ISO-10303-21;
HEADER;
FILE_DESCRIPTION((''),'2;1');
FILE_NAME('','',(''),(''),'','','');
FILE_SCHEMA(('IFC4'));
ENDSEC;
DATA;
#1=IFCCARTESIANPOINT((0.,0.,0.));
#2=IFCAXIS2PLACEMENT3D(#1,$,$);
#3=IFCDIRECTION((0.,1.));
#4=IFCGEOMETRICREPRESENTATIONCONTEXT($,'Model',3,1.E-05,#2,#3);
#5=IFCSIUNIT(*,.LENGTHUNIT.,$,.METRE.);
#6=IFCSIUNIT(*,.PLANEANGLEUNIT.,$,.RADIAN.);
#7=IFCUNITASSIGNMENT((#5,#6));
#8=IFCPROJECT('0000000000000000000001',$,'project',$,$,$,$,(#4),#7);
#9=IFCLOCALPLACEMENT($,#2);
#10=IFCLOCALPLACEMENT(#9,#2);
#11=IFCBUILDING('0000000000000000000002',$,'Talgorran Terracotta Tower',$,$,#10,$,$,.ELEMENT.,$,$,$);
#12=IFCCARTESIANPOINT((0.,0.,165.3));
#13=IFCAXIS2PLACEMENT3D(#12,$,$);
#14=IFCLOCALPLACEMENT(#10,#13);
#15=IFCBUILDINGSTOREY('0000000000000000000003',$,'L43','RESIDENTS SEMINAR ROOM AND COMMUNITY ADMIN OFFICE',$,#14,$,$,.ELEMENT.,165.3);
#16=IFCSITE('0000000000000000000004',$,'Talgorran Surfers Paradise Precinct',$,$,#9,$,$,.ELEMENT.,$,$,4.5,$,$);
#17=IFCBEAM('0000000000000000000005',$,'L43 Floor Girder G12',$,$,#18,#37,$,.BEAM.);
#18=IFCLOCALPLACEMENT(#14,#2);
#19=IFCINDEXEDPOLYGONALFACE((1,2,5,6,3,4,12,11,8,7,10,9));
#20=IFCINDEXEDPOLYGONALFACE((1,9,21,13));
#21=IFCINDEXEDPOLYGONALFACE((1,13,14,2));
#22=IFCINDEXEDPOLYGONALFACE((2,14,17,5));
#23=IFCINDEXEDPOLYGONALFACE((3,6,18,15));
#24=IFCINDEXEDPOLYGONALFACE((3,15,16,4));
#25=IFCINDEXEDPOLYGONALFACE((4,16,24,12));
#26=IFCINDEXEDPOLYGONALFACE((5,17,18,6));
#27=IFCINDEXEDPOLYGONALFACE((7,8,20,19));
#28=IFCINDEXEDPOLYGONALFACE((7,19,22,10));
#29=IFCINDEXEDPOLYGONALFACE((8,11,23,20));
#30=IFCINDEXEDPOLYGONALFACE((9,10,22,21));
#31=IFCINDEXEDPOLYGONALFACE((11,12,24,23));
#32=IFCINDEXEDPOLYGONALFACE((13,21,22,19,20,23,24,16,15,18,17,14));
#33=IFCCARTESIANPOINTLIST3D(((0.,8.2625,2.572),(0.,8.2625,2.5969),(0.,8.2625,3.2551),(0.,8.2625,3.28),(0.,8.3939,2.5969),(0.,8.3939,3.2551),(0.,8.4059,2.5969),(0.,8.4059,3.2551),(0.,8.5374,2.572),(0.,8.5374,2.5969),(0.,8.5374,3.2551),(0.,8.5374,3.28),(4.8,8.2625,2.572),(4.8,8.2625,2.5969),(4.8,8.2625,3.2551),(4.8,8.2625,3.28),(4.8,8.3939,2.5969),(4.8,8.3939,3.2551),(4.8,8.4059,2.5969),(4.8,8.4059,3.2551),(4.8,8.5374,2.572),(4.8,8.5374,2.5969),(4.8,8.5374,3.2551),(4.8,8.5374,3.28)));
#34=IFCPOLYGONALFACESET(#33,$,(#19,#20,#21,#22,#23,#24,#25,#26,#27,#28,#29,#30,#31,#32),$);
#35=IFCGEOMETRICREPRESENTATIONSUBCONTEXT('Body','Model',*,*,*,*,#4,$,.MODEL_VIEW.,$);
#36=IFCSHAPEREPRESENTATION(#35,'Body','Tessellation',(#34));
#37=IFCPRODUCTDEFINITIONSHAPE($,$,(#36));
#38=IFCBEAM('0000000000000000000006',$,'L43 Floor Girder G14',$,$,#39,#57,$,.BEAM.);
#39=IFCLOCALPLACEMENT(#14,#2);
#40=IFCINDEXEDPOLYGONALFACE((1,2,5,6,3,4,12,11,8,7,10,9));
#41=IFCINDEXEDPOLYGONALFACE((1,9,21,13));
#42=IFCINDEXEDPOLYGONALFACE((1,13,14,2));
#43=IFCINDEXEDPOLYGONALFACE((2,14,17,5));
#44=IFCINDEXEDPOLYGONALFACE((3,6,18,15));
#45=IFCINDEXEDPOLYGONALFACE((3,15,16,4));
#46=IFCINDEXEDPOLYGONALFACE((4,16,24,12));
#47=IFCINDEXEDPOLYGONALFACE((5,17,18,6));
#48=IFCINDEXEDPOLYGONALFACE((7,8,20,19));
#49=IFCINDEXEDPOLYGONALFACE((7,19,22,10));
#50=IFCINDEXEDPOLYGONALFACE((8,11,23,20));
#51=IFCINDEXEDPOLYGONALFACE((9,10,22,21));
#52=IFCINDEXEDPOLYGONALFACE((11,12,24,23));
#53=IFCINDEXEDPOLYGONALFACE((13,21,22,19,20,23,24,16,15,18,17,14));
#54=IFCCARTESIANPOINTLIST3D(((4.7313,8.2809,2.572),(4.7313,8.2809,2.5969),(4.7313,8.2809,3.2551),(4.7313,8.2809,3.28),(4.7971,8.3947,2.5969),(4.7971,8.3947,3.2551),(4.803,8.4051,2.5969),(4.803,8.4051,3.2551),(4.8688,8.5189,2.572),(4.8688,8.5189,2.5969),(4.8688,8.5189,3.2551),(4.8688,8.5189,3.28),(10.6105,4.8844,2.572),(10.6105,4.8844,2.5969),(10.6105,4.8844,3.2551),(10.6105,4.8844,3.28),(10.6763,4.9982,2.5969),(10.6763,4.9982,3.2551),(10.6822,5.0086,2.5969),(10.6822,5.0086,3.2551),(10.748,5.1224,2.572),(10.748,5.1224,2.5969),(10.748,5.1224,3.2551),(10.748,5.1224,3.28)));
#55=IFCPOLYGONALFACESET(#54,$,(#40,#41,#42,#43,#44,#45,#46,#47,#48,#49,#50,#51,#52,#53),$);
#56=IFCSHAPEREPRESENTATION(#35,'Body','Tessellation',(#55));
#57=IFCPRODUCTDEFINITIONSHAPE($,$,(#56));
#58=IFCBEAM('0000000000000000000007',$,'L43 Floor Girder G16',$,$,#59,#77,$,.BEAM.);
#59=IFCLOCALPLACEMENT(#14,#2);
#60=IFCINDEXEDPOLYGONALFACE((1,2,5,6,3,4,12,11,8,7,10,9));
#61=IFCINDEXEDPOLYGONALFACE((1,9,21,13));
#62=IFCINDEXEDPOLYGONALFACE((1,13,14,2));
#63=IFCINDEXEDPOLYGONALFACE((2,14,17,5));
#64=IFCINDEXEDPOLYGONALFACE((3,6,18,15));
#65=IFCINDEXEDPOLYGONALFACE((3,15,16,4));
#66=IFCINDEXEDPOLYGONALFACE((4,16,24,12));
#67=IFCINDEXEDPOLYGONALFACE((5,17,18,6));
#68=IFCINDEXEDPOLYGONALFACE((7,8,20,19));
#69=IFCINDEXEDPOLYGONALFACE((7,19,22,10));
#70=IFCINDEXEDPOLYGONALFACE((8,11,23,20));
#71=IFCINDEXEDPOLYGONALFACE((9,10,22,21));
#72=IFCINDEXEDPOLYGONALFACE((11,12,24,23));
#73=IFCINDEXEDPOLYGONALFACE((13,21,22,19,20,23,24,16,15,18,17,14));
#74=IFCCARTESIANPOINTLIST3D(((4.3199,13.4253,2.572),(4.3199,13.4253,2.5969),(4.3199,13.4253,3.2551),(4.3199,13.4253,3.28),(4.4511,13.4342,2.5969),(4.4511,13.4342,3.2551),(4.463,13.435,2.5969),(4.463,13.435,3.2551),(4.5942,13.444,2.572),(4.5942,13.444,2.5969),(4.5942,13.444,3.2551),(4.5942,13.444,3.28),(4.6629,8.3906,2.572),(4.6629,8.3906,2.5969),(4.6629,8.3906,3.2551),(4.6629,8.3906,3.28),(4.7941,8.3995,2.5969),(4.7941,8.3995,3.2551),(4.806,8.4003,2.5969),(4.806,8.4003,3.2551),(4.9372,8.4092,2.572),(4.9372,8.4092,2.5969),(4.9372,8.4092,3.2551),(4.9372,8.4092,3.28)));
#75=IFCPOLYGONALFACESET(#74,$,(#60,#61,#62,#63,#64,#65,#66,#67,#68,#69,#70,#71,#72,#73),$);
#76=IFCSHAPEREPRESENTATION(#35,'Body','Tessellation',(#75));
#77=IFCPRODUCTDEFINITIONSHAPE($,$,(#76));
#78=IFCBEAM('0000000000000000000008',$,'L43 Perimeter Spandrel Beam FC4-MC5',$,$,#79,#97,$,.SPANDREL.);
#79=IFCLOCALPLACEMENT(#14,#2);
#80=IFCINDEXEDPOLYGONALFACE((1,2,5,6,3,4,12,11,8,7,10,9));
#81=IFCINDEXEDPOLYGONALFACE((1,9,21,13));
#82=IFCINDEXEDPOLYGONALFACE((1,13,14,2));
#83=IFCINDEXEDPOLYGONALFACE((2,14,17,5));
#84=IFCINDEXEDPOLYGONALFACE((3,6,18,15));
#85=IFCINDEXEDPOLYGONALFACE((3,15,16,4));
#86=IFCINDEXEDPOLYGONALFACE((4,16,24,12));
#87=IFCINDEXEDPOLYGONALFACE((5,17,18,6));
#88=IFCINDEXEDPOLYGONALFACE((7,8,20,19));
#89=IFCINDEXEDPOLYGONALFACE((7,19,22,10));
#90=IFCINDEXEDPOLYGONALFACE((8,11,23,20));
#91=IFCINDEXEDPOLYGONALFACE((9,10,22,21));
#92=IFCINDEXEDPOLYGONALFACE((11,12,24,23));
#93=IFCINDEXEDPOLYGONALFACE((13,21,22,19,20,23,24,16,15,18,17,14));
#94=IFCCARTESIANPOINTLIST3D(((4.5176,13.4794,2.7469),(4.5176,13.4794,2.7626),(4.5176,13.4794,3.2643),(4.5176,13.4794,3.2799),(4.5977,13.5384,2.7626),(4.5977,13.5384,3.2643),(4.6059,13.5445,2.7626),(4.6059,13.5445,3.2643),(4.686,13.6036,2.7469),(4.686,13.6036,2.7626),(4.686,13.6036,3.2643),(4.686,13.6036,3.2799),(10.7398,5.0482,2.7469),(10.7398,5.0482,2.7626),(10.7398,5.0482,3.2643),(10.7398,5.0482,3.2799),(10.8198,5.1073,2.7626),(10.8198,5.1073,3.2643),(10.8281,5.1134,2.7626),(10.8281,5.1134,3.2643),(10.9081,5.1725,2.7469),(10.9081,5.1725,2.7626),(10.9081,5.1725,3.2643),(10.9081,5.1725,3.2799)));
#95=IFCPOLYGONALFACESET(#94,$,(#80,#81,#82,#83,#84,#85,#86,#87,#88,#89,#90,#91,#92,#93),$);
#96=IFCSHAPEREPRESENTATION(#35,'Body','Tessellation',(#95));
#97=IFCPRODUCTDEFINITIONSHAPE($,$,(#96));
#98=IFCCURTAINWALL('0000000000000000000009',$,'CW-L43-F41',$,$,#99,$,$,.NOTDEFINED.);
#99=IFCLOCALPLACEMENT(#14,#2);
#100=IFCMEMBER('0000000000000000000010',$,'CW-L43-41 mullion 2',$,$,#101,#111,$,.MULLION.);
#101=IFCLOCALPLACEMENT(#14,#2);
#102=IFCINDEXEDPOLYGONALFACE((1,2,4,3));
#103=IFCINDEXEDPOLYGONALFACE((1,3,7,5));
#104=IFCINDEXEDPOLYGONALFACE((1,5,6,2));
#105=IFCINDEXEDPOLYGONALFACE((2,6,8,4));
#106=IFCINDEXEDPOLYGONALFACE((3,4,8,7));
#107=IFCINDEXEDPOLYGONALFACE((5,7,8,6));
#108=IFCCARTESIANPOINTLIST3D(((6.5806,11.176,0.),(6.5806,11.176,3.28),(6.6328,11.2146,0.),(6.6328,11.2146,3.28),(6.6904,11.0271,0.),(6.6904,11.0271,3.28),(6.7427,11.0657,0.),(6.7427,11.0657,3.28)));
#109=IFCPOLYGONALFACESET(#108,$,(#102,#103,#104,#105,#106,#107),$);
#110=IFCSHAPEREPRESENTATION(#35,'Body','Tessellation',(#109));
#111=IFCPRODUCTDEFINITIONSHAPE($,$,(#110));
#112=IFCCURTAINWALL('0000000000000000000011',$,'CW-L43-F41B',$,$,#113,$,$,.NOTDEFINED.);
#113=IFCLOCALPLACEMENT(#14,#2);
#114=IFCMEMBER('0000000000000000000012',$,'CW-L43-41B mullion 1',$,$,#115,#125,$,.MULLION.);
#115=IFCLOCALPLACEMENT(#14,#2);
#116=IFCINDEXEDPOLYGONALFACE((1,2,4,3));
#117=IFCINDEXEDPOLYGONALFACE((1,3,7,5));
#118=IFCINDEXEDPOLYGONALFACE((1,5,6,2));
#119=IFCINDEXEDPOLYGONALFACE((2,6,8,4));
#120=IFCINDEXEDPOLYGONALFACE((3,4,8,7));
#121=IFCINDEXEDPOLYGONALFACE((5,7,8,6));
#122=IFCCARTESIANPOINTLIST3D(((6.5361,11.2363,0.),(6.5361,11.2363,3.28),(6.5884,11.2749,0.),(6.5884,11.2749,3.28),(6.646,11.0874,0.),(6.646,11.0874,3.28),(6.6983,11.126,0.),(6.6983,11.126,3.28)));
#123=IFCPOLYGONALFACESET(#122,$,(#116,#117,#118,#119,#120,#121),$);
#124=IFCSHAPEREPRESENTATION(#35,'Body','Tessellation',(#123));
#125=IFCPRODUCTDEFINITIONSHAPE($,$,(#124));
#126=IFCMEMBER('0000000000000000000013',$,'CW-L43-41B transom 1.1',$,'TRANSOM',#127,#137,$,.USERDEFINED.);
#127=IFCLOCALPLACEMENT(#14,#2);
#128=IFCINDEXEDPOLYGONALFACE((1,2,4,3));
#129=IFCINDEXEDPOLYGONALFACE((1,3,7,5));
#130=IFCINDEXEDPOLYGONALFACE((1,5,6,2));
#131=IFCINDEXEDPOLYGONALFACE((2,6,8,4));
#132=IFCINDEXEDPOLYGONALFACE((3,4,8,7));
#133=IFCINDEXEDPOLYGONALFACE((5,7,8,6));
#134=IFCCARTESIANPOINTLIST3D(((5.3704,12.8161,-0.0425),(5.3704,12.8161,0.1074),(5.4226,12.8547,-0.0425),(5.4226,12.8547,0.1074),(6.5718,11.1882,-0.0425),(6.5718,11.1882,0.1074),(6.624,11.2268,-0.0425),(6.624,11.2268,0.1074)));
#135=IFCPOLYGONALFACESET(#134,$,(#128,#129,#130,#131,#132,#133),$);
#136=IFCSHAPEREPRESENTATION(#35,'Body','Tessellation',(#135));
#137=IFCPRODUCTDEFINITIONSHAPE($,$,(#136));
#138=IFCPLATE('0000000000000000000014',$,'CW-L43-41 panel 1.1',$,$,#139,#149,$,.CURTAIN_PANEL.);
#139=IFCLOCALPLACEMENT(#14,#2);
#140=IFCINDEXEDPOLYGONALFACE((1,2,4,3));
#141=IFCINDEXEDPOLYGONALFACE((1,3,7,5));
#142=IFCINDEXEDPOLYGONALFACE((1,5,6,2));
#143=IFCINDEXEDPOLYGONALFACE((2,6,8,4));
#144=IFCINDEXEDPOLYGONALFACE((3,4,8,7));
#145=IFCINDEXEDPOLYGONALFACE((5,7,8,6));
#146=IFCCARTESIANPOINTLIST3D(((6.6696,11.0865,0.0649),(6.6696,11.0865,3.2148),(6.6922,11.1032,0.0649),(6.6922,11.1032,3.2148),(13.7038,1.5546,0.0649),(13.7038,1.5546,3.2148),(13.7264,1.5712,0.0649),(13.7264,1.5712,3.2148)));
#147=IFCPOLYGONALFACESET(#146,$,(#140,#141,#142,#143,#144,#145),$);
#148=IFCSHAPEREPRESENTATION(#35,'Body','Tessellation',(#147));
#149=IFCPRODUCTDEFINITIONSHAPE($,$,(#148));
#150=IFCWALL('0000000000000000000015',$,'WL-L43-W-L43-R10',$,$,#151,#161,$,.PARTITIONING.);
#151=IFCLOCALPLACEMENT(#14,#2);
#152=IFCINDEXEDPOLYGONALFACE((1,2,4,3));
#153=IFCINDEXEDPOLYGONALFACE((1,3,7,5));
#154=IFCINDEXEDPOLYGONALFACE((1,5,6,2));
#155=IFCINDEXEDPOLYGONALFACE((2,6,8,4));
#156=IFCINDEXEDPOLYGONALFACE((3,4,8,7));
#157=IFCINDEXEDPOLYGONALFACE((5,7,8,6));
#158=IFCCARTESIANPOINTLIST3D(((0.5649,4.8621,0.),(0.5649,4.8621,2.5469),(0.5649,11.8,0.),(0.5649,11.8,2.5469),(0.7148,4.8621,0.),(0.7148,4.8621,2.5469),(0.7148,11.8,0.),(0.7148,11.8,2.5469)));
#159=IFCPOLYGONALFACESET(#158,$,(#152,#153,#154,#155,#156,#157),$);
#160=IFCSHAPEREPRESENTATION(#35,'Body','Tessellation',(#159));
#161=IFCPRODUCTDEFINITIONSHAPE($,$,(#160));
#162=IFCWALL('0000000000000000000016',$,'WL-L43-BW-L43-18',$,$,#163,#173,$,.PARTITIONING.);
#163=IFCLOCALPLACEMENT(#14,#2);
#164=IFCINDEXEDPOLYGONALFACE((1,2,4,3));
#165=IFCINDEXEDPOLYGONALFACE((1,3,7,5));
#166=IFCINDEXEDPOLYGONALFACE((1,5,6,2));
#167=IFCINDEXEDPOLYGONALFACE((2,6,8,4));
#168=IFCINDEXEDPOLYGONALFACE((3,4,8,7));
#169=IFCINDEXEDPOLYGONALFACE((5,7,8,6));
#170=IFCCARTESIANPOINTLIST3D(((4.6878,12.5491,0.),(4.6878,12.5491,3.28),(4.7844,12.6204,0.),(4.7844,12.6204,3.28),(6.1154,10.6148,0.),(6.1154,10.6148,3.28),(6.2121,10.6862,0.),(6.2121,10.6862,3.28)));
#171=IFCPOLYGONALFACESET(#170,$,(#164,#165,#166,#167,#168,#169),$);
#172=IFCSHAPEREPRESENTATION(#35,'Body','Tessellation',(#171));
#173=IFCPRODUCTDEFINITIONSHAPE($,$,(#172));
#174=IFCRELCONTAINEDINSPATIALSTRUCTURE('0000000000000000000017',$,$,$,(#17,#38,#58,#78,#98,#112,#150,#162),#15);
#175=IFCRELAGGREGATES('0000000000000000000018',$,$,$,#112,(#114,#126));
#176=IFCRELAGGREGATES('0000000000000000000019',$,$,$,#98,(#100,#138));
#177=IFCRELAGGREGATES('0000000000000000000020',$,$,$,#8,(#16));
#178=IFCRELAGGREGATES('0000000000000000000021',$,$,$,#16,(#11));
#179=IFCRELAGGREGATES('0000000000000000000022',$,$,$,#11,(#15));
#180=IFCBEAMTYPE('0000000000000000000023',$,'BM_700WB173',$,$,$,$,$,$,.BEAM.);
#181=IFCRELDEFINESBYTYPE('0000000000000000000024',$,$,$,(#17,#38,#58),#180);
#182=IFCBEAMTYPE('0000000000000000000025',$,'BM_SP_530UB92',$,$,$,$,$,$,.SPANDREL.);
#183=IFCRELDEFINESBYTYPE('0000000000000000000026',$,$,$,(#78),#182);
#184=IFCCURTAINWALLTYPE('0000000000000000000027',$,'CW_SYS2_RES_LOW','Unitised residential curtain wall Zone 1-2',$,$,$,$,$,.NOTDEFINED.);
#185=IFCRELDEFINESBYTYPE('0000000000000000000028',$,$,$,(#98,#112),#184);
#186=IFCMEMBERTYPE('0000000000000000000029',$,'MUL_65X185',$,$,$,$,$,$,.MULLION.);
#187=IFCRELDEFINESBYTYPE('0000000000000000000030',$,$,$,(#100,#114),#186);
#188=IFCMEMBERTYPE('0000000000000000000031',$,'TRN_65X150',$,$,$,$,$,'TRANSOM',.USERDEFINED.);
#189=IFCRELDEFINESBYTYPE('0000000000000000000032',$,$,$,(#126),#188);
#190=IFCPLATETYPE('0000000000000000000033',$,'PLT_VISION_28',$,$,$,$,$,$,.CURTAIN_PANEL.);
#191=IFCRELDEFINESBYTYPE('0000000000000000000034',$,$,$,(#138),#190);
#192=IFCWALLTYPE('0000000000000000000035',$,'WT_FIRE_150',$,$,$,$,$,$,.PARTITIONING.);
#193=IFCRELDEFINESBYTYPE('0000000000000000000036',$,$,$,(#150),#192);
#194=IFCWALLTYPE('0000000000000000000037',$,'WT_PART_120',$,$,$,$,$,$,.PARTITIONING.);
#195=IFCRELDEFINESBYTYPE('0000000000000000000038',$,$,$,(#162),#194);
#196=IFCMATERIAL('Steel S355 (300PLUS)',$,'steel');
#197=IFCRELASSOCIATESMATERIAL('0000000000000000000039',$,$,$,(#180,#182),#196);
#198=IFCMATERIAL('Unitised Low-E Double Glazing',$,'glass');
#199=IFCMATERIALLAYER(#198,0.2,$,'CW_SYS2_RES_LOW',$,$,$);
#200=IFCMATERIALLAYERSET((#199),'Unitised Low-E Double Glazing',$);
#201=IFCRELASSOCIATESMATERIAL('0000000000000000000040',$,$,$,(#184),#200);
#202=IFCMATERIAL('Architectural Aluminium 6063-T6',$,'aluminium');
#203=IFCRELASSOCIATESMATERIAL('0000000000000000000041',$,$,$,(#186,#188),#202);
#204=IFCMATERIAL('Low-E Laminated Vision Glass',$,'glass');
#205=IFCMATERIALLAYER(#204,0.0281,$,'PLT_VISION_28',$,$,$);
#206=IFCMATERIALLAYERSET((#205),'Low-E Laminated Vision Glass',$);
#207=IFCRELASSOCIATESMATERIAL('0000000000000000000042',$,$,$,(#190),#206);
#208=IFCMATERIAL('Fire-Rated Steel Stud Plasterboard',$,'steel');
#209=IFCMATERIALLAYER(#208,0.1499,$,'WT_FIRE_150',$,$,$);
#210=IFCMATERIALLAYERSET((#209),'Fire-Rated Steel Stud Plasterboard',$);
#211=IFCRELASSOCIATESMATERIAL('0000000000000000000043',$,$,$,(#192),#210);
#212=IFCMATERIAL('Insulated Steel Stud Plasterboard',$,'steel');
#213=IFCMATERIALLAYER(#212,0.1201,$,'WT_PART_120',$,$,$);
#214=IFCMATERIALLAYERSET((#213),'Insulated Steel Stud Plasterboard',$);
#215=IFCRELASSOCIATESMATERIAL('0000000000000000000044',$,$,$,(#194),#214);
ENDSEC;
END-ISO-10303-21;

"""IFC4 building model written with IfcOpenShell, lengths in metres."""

from ifc_helpers import new_model, si_unit, direction, frame, frame_2d, origin, origin_2d, place, context, subcontext, project, spatial, rectangle, i_section, extrude, source, transform, mapped, material, layer, layer_set, material_profile, profile_set, type_object, type_shapes, element, aggregate, save


model = new_model("IFC4")

# Units and contexts
model_context = context("Model", 3, precision=1e-05, world=origin(), true_north=direction((0.0, 1.0)))
body_context = subcontext(model_context, "Body", "Model", "MODEL_VIEW")
ifc_project = project(units=[si_unit("LENGTHUNIT", "METRE"), si_unit("PLANEANGLEUNIT", "RADIAN")], contexts=[model_context])

# Site, building, storey
site_placement = place(None, origin())
site = spatial("IfcSite", under=ifc_project, at=site_placement, Name="Talgorran Surfers Paradise Precinct", CompositionType="ELEMENT", RefElevation=4.5)
building_placement = place(site_placement, origin())
building = spatial("IfcBuilding", under=site, at=building_placement, Name="Talgorran Terracotta Tower", CompositionType="ELEMENT")
storey_placement = place(building_placement, frame((0.0, 0.0, 165.3)))
storey = spatial("IfcBuildingStorey", under=building, at=storey_placement, Name="L43", Description="RESIDENTS SEMINAR ROOM AND COMMUNITY ADMIN OFFICE", CompositionType="ELEMENT", Elevation=165.3)

# Shared definitions
ifc_material_1 = material(Name="Steel S355 (300PLUS)", Category="steel")

# Beams
ifc_material_profile_1 = material_profile(ifc_material_1, i_section(OverallWidth=0.2749, OverallDepth=0.708, WebThickness=0.012, FlangeThickness=0.0249, at=origin_2d()), Name="700WB173")
ifc_profile_set_1 = profile_set([ifc_material_profile_1], Name="Steel S355 (300PLUS)")
beam_type_1 = type_object("IfcBeamType", Name="BM_700WB173", PredefinedType="BEAM", material=ifc_profile_set_1)
beam_1_placement = place(storey_placement, frame((0.0, 8.3999, 2.926), z_axis=(1.0, 0.0, 0.0), x_axis=(0.0, 1.0, 0.0)))
element("IfcBeam", 1, at=beam_1_placement, inside=storey, type_object=beam_type_1, Name="L43 Floor Girder G12", PredefinedType="BEAM", context=body_context, shape_type="SweptSolid", body=[
    extrude(i_section(OverallWidth=0.2749, OverallDepth=0.708, WebThickness=0.012, FlangeThickness=0.0249, at=origin_2d()), origin(), (0.0, 0.0, 1.0), 4.8),
])
beam_2_placement = place(storey_placement, frame((4.8, 8.3999, 2.926), z_axis=(0.865888, -0.500238, 0.0), x_axis=(0.500238, 0.865888, 0.0)))
element("IfcBeam", 2, at=beam_2_placement, inside=storey, type_object=beam_type_1, Name="L43 Floor Girder G14", PredefinedType="BEAM", context=body_context, shape_type="SweptSolid", body=[
    extrude(i_section(OverallWidth=0.2749, OverallDepth=0.708, WebThickness=0.012, FlangeThickness=0.0249, at=origin_2d()), origin(), (0.0, 0.0, 1.0), 6.7898),
])
beam_3_placement = place(storey_placement, frame((4.8, 8.3999, 2.926), z_axis=(-0.067974, 0.997687, 0.0), x_axis=(-0.997687, -0.067974, 0.0)))
element("IfcBeam", 3, at=beam_3_placement, inside=storey, type_object=beam_type_1, Name="L43 Floor Girder G16", PredefinedType="BEAM", context=body_context, shape_type="SweptSolid", body=[
    extrude(i_section(OverallWidth=0.2749, OverallDepth=0.708, WebThickness=0.012, FlangeThickness=0.0249, at=origin_2d()), origin(), (0.0, 0.0, 1.0), 5.0464),
])
ifc_material_profile_2 = material_profile(ifc_material_1, i_section(OverallWidth=0.2092, OverallDepth=0.533, WebThickness=0.0103, FlangeThickness=0.0156, at=origin_2d()), Name="530UB92.4")
ifc_profile_set_2 = profile_set([ifc_material_profile_2], Name="Steel S355 (300PLUS)")
beam_type_2 = type_object("IfcBeamType", Name="BM_SP_530UB92", PredefinedType="SPANDREL", material=ifc_profile_set_2)
beam_4_placement = place(storey_placement, frame((10.824, 5.1104, 3.0134), z_axis=(-0.593801, 0.804612, 0.0), x_axis=(-0.804612, -0.593801, 0.0)))
element("IfcBeam", 4, at=beam_4_placement, inside=storey, type_object=beam_type_2, Name="L43 Perimeter Spandrel Beam FC4-MC5", PredefinedType="SPANDREL", context=body_context, shape_type="SweptSolid", body=[
    extrude(i_section(OverallWidth=0.2092, OverallDepth=0.533, WebThickness=0.0103, FlangeThickness=0.0156, at=origin_2d()), origin(), (0.0, 0.0, 1.0), 10.4785),
])

# Curtain wall, member
ifc_material_2 = material(Name="Unitised Low-E Double Glazing", Category="glass")
ifc_layer_1 = layer(ifc_material_2, 0.2, Name="CW_SYS2_RES_LOW")
ifc_layer_set_1 = layer_set([ifc_layer_1], Name="Unitised Low-E Double Glazing")
curtain_wall_type = type_object("IfcCurtainWallType", Name="CW_SYS2_RES_LOW", Description="Unitised residential curtain wall Zone 1-2", PredefinedType="NOTDEFINED", material=ifc_layer_set_1)
curtain_wall_1_placement = place(storey_placement, origin())
curtain_wall_1 = element("IfcCurtainWall", 5, at=curtain_wall_1_placement, inside=storey, type_object=curtain_wall_type, Name="CW-L43-F41", PredefinedType="NOTDEFINED")
ifc_material_3 = material(Name="Architectural Aluminium 6063-T6", Category="aluminium")
ifc_material_profile_3 = material_profile(ifc_material_3, rectangle(XDim=0.0649, YDim=0.1851, at=origin_2d()), Name="CWM65X185")
ifc_profile_set_3 = profile_set([ifc_material_profile_3], Name="Architectural Aluminium 6063-T6")
member_type_1 = type_object("IfcMemberType", Name="MUL_65X185", PredefinedType="MULLION", material=ifc_profile_set_3)
member_1_placement = place(storey_placement, frame((6.6616, 11.1208, 0.0), z_axis=(0.0, 0.0, 1.0), x_axis=(-0.804624, -0.593784, 0.0)))
member_1 = element("IfcMember", 6, at=member_1_placement, type_object=member_type_1, Name="CW-L43-41 mullion 2", PredefinedType="MULLION", context=body_context, shape_type="SweptSolid", body=[
    extrude(rectangle(XDim=0.0649, YDim=0.1851, at=origin_2d()), origin(), (0.0, 0.0, 1.0), 3.28),
])

# Curtain wall, members
curtain_wall_2_placement = place(storey_placement, origin())
curtain_wall_2 = element("IfcCurtainWall", 7, at=curtain_wall_2_placement, inside=storey, type_object=curtain_wall_type, Name="CW-L43-F41B", PredefinedType="NOTDEFINED")
member_2_placement = place(storey_placement, frame((6.6172, 11.1812, 0.0), z_axis=(0.0, 0.0, 1.0), x_axis=(-0.804624, -0.593785, 0.0)))
member_2 = element("IfcMember", 8, at=member_2_placement, type_object=member_type_1, Name="CW-L43-41B mullion 1", PredefinedType="MULLION", context=body_context, shape_type="SweptSolid", body=[
    extrude(rectangle(XDim=0.0649, YDim=0.1851, at=origin_2d()), origin(), (0.0, 0.0, 1.0), 3.28),
])
ifc_material_profile_4 = material_profile(ifc_material_3, rectangle(XDim=0.0649, YDim=0.1499, at=origin_2d()), Name="CWT65X150")
ifc_profile_set_4 = profile_set([ifc_material_profile_4], Name="Architectural Aluminium 6063-T6")
member_type_2 = type_object("IfcMemberType", Name="TRN_65X150", ElementType="TRANSOM", PredefinedType="USERDEFINED", material=ifc_profile_set_4)
member_3_placement = place(storey_placement, frame((6.5979, 11.2075, 0.0325), z_axis=(-0.593804, 0.80461, 0.0), x_axis=(-0.80461, -0.593804, 0.0)))
member_3 = element("IfcMember", 9, at=member_3_placement, type_object=member_type_2, Name="CW-L43-41B transom 1.1", ObjectType="TRANSOM", PredefinedType="USERDEFINED", context=body_context, shape_type="SweptSolid", body=[
    extrude(rectangle(XDim=0.0649, YDim=0.1499, at=origin_2d()), origin(), (0.0, 0.0, 1.0), 2.0232),
])
aggregate(curtain_wall_2, [member_2, member_3])

# Plate
ifc_material_4 = material(Name="Low-E Laminated Vision Glass", Category="glass")
ifc_layer_2 = layer(ifc_material_4, 0.0281, Name="PLT_VISION_28")
ifc_layer_set_2 = layer_set([ifc_layer_2], Name="Low-E Laminated Vision Glass")
plate_type = type_object("IfcPlateType", Name="PLT_VISION_28", PredefinedType="CURTAIN_PANEL", material=ifc_layer_set_2)
shared_shape = source(origin(), body_context, "Body", "SweptSolid", [
    extrude(rectangle(XDim=11.8464, YDim=0.0281, at=origin_2d()), origin(), (0.0, 0.0, 1.0), 3.1499),
])
type_shapes(plate_type, [shared_shape])
plate_placement = place(storey_placement, frame((10.198, 6.3289, 0.0649), z_axis=(0.0, 0.0, 1.0), x_axis=(-0.593784, 0.804624, 0.0)))
plate = element("IfcPlate", 10, at=plate_placement, type_object=plate_type, Name="CW-L43-41 panel 1.1", PredefinedType="CURTAIN_PANEL", context=body_context, shape_type="MappedRepresentation", body=[
    mapped(shared_shape, transform((0.0, 0.0, 0.0), scale=1.0)),
])
aggregate(curtain_wall_1, [member_1, plate])

# Walls
ifc_material_5 = material(Name="Fire-Rated Steel Stud Plasterboard", Category="steel")
ifc_layer_3 = layer(ifc_material_5, 0.1499, Name="WT_FIRE_150")
ifc_layer_set_3 = layer_set([ifc_layer_3], Name="Fire-Rated Steel Stud Plasterboard")
wall_type_1 = type_object("IfcWallType", Name="WT_FIRE_150", PredefinedType="PARTITIONING", material=ifc_layer_set_3)
wall_1_placement = place(storey_placement, frame((0.6399, 4.8621, 0.0), z_axis=(0.0, 0.0, 1.0), x_axis=(0.0, 1.0, 0.0)))
element("IfcWall", 11, at=wall_1_placement, inside=storey, type_object=wall_type_1, Name="WL-L43-W-L43-R10", PredefinedType="PARTITIONING", context=body_context, shape_type="SweptSolid", body=[
    extrude(rectangle(XDim=6.938, YDim=0.1499, at=frame_2d((3.469, 0.0))), origin(), (0.0, 0.0, 1.0), 2.5469),
])
ifc_material_6 = material(Name="Insulated Steel Stud Plasterboard", Category="steel")
ifc_layer_4 = layer(ifc_material_6, 0.1201, Name="WT_PART_120")
ifc_layer_set_4 = layer_set([ifc_layer_4], Name="Insulated Steel Stud Plasterboard")
wall_type_2 = type_object("IfcWallType", Name="WT_PART_120", PredefinedType="PARTITIONING", material=ifc_layer_set_4)
wall_2_placement = place(storey_placement, frame((6.1638, 10.6504, 0.0), z_axis=(0.0, 0.0, 1.0), x_axis=(-0.593857, 0.804571, 0.0)))
element("IfcWall", 12, at=wall_2_placement, inside=storey, type_object=wall_type_2, Name="WL-L43-BW-L43-18", PredefinedType="PARTITIONING", context=body_context, shape_type="SweptSolid", body=[
    extrude(rectangle(XDim=2.4041, YDim=0.1201, at=frame_2d((1.2021, 0.0))), origin(), (0.0, 0.0, 1.0), 3.28),
])

save(model, "model.ifc")
